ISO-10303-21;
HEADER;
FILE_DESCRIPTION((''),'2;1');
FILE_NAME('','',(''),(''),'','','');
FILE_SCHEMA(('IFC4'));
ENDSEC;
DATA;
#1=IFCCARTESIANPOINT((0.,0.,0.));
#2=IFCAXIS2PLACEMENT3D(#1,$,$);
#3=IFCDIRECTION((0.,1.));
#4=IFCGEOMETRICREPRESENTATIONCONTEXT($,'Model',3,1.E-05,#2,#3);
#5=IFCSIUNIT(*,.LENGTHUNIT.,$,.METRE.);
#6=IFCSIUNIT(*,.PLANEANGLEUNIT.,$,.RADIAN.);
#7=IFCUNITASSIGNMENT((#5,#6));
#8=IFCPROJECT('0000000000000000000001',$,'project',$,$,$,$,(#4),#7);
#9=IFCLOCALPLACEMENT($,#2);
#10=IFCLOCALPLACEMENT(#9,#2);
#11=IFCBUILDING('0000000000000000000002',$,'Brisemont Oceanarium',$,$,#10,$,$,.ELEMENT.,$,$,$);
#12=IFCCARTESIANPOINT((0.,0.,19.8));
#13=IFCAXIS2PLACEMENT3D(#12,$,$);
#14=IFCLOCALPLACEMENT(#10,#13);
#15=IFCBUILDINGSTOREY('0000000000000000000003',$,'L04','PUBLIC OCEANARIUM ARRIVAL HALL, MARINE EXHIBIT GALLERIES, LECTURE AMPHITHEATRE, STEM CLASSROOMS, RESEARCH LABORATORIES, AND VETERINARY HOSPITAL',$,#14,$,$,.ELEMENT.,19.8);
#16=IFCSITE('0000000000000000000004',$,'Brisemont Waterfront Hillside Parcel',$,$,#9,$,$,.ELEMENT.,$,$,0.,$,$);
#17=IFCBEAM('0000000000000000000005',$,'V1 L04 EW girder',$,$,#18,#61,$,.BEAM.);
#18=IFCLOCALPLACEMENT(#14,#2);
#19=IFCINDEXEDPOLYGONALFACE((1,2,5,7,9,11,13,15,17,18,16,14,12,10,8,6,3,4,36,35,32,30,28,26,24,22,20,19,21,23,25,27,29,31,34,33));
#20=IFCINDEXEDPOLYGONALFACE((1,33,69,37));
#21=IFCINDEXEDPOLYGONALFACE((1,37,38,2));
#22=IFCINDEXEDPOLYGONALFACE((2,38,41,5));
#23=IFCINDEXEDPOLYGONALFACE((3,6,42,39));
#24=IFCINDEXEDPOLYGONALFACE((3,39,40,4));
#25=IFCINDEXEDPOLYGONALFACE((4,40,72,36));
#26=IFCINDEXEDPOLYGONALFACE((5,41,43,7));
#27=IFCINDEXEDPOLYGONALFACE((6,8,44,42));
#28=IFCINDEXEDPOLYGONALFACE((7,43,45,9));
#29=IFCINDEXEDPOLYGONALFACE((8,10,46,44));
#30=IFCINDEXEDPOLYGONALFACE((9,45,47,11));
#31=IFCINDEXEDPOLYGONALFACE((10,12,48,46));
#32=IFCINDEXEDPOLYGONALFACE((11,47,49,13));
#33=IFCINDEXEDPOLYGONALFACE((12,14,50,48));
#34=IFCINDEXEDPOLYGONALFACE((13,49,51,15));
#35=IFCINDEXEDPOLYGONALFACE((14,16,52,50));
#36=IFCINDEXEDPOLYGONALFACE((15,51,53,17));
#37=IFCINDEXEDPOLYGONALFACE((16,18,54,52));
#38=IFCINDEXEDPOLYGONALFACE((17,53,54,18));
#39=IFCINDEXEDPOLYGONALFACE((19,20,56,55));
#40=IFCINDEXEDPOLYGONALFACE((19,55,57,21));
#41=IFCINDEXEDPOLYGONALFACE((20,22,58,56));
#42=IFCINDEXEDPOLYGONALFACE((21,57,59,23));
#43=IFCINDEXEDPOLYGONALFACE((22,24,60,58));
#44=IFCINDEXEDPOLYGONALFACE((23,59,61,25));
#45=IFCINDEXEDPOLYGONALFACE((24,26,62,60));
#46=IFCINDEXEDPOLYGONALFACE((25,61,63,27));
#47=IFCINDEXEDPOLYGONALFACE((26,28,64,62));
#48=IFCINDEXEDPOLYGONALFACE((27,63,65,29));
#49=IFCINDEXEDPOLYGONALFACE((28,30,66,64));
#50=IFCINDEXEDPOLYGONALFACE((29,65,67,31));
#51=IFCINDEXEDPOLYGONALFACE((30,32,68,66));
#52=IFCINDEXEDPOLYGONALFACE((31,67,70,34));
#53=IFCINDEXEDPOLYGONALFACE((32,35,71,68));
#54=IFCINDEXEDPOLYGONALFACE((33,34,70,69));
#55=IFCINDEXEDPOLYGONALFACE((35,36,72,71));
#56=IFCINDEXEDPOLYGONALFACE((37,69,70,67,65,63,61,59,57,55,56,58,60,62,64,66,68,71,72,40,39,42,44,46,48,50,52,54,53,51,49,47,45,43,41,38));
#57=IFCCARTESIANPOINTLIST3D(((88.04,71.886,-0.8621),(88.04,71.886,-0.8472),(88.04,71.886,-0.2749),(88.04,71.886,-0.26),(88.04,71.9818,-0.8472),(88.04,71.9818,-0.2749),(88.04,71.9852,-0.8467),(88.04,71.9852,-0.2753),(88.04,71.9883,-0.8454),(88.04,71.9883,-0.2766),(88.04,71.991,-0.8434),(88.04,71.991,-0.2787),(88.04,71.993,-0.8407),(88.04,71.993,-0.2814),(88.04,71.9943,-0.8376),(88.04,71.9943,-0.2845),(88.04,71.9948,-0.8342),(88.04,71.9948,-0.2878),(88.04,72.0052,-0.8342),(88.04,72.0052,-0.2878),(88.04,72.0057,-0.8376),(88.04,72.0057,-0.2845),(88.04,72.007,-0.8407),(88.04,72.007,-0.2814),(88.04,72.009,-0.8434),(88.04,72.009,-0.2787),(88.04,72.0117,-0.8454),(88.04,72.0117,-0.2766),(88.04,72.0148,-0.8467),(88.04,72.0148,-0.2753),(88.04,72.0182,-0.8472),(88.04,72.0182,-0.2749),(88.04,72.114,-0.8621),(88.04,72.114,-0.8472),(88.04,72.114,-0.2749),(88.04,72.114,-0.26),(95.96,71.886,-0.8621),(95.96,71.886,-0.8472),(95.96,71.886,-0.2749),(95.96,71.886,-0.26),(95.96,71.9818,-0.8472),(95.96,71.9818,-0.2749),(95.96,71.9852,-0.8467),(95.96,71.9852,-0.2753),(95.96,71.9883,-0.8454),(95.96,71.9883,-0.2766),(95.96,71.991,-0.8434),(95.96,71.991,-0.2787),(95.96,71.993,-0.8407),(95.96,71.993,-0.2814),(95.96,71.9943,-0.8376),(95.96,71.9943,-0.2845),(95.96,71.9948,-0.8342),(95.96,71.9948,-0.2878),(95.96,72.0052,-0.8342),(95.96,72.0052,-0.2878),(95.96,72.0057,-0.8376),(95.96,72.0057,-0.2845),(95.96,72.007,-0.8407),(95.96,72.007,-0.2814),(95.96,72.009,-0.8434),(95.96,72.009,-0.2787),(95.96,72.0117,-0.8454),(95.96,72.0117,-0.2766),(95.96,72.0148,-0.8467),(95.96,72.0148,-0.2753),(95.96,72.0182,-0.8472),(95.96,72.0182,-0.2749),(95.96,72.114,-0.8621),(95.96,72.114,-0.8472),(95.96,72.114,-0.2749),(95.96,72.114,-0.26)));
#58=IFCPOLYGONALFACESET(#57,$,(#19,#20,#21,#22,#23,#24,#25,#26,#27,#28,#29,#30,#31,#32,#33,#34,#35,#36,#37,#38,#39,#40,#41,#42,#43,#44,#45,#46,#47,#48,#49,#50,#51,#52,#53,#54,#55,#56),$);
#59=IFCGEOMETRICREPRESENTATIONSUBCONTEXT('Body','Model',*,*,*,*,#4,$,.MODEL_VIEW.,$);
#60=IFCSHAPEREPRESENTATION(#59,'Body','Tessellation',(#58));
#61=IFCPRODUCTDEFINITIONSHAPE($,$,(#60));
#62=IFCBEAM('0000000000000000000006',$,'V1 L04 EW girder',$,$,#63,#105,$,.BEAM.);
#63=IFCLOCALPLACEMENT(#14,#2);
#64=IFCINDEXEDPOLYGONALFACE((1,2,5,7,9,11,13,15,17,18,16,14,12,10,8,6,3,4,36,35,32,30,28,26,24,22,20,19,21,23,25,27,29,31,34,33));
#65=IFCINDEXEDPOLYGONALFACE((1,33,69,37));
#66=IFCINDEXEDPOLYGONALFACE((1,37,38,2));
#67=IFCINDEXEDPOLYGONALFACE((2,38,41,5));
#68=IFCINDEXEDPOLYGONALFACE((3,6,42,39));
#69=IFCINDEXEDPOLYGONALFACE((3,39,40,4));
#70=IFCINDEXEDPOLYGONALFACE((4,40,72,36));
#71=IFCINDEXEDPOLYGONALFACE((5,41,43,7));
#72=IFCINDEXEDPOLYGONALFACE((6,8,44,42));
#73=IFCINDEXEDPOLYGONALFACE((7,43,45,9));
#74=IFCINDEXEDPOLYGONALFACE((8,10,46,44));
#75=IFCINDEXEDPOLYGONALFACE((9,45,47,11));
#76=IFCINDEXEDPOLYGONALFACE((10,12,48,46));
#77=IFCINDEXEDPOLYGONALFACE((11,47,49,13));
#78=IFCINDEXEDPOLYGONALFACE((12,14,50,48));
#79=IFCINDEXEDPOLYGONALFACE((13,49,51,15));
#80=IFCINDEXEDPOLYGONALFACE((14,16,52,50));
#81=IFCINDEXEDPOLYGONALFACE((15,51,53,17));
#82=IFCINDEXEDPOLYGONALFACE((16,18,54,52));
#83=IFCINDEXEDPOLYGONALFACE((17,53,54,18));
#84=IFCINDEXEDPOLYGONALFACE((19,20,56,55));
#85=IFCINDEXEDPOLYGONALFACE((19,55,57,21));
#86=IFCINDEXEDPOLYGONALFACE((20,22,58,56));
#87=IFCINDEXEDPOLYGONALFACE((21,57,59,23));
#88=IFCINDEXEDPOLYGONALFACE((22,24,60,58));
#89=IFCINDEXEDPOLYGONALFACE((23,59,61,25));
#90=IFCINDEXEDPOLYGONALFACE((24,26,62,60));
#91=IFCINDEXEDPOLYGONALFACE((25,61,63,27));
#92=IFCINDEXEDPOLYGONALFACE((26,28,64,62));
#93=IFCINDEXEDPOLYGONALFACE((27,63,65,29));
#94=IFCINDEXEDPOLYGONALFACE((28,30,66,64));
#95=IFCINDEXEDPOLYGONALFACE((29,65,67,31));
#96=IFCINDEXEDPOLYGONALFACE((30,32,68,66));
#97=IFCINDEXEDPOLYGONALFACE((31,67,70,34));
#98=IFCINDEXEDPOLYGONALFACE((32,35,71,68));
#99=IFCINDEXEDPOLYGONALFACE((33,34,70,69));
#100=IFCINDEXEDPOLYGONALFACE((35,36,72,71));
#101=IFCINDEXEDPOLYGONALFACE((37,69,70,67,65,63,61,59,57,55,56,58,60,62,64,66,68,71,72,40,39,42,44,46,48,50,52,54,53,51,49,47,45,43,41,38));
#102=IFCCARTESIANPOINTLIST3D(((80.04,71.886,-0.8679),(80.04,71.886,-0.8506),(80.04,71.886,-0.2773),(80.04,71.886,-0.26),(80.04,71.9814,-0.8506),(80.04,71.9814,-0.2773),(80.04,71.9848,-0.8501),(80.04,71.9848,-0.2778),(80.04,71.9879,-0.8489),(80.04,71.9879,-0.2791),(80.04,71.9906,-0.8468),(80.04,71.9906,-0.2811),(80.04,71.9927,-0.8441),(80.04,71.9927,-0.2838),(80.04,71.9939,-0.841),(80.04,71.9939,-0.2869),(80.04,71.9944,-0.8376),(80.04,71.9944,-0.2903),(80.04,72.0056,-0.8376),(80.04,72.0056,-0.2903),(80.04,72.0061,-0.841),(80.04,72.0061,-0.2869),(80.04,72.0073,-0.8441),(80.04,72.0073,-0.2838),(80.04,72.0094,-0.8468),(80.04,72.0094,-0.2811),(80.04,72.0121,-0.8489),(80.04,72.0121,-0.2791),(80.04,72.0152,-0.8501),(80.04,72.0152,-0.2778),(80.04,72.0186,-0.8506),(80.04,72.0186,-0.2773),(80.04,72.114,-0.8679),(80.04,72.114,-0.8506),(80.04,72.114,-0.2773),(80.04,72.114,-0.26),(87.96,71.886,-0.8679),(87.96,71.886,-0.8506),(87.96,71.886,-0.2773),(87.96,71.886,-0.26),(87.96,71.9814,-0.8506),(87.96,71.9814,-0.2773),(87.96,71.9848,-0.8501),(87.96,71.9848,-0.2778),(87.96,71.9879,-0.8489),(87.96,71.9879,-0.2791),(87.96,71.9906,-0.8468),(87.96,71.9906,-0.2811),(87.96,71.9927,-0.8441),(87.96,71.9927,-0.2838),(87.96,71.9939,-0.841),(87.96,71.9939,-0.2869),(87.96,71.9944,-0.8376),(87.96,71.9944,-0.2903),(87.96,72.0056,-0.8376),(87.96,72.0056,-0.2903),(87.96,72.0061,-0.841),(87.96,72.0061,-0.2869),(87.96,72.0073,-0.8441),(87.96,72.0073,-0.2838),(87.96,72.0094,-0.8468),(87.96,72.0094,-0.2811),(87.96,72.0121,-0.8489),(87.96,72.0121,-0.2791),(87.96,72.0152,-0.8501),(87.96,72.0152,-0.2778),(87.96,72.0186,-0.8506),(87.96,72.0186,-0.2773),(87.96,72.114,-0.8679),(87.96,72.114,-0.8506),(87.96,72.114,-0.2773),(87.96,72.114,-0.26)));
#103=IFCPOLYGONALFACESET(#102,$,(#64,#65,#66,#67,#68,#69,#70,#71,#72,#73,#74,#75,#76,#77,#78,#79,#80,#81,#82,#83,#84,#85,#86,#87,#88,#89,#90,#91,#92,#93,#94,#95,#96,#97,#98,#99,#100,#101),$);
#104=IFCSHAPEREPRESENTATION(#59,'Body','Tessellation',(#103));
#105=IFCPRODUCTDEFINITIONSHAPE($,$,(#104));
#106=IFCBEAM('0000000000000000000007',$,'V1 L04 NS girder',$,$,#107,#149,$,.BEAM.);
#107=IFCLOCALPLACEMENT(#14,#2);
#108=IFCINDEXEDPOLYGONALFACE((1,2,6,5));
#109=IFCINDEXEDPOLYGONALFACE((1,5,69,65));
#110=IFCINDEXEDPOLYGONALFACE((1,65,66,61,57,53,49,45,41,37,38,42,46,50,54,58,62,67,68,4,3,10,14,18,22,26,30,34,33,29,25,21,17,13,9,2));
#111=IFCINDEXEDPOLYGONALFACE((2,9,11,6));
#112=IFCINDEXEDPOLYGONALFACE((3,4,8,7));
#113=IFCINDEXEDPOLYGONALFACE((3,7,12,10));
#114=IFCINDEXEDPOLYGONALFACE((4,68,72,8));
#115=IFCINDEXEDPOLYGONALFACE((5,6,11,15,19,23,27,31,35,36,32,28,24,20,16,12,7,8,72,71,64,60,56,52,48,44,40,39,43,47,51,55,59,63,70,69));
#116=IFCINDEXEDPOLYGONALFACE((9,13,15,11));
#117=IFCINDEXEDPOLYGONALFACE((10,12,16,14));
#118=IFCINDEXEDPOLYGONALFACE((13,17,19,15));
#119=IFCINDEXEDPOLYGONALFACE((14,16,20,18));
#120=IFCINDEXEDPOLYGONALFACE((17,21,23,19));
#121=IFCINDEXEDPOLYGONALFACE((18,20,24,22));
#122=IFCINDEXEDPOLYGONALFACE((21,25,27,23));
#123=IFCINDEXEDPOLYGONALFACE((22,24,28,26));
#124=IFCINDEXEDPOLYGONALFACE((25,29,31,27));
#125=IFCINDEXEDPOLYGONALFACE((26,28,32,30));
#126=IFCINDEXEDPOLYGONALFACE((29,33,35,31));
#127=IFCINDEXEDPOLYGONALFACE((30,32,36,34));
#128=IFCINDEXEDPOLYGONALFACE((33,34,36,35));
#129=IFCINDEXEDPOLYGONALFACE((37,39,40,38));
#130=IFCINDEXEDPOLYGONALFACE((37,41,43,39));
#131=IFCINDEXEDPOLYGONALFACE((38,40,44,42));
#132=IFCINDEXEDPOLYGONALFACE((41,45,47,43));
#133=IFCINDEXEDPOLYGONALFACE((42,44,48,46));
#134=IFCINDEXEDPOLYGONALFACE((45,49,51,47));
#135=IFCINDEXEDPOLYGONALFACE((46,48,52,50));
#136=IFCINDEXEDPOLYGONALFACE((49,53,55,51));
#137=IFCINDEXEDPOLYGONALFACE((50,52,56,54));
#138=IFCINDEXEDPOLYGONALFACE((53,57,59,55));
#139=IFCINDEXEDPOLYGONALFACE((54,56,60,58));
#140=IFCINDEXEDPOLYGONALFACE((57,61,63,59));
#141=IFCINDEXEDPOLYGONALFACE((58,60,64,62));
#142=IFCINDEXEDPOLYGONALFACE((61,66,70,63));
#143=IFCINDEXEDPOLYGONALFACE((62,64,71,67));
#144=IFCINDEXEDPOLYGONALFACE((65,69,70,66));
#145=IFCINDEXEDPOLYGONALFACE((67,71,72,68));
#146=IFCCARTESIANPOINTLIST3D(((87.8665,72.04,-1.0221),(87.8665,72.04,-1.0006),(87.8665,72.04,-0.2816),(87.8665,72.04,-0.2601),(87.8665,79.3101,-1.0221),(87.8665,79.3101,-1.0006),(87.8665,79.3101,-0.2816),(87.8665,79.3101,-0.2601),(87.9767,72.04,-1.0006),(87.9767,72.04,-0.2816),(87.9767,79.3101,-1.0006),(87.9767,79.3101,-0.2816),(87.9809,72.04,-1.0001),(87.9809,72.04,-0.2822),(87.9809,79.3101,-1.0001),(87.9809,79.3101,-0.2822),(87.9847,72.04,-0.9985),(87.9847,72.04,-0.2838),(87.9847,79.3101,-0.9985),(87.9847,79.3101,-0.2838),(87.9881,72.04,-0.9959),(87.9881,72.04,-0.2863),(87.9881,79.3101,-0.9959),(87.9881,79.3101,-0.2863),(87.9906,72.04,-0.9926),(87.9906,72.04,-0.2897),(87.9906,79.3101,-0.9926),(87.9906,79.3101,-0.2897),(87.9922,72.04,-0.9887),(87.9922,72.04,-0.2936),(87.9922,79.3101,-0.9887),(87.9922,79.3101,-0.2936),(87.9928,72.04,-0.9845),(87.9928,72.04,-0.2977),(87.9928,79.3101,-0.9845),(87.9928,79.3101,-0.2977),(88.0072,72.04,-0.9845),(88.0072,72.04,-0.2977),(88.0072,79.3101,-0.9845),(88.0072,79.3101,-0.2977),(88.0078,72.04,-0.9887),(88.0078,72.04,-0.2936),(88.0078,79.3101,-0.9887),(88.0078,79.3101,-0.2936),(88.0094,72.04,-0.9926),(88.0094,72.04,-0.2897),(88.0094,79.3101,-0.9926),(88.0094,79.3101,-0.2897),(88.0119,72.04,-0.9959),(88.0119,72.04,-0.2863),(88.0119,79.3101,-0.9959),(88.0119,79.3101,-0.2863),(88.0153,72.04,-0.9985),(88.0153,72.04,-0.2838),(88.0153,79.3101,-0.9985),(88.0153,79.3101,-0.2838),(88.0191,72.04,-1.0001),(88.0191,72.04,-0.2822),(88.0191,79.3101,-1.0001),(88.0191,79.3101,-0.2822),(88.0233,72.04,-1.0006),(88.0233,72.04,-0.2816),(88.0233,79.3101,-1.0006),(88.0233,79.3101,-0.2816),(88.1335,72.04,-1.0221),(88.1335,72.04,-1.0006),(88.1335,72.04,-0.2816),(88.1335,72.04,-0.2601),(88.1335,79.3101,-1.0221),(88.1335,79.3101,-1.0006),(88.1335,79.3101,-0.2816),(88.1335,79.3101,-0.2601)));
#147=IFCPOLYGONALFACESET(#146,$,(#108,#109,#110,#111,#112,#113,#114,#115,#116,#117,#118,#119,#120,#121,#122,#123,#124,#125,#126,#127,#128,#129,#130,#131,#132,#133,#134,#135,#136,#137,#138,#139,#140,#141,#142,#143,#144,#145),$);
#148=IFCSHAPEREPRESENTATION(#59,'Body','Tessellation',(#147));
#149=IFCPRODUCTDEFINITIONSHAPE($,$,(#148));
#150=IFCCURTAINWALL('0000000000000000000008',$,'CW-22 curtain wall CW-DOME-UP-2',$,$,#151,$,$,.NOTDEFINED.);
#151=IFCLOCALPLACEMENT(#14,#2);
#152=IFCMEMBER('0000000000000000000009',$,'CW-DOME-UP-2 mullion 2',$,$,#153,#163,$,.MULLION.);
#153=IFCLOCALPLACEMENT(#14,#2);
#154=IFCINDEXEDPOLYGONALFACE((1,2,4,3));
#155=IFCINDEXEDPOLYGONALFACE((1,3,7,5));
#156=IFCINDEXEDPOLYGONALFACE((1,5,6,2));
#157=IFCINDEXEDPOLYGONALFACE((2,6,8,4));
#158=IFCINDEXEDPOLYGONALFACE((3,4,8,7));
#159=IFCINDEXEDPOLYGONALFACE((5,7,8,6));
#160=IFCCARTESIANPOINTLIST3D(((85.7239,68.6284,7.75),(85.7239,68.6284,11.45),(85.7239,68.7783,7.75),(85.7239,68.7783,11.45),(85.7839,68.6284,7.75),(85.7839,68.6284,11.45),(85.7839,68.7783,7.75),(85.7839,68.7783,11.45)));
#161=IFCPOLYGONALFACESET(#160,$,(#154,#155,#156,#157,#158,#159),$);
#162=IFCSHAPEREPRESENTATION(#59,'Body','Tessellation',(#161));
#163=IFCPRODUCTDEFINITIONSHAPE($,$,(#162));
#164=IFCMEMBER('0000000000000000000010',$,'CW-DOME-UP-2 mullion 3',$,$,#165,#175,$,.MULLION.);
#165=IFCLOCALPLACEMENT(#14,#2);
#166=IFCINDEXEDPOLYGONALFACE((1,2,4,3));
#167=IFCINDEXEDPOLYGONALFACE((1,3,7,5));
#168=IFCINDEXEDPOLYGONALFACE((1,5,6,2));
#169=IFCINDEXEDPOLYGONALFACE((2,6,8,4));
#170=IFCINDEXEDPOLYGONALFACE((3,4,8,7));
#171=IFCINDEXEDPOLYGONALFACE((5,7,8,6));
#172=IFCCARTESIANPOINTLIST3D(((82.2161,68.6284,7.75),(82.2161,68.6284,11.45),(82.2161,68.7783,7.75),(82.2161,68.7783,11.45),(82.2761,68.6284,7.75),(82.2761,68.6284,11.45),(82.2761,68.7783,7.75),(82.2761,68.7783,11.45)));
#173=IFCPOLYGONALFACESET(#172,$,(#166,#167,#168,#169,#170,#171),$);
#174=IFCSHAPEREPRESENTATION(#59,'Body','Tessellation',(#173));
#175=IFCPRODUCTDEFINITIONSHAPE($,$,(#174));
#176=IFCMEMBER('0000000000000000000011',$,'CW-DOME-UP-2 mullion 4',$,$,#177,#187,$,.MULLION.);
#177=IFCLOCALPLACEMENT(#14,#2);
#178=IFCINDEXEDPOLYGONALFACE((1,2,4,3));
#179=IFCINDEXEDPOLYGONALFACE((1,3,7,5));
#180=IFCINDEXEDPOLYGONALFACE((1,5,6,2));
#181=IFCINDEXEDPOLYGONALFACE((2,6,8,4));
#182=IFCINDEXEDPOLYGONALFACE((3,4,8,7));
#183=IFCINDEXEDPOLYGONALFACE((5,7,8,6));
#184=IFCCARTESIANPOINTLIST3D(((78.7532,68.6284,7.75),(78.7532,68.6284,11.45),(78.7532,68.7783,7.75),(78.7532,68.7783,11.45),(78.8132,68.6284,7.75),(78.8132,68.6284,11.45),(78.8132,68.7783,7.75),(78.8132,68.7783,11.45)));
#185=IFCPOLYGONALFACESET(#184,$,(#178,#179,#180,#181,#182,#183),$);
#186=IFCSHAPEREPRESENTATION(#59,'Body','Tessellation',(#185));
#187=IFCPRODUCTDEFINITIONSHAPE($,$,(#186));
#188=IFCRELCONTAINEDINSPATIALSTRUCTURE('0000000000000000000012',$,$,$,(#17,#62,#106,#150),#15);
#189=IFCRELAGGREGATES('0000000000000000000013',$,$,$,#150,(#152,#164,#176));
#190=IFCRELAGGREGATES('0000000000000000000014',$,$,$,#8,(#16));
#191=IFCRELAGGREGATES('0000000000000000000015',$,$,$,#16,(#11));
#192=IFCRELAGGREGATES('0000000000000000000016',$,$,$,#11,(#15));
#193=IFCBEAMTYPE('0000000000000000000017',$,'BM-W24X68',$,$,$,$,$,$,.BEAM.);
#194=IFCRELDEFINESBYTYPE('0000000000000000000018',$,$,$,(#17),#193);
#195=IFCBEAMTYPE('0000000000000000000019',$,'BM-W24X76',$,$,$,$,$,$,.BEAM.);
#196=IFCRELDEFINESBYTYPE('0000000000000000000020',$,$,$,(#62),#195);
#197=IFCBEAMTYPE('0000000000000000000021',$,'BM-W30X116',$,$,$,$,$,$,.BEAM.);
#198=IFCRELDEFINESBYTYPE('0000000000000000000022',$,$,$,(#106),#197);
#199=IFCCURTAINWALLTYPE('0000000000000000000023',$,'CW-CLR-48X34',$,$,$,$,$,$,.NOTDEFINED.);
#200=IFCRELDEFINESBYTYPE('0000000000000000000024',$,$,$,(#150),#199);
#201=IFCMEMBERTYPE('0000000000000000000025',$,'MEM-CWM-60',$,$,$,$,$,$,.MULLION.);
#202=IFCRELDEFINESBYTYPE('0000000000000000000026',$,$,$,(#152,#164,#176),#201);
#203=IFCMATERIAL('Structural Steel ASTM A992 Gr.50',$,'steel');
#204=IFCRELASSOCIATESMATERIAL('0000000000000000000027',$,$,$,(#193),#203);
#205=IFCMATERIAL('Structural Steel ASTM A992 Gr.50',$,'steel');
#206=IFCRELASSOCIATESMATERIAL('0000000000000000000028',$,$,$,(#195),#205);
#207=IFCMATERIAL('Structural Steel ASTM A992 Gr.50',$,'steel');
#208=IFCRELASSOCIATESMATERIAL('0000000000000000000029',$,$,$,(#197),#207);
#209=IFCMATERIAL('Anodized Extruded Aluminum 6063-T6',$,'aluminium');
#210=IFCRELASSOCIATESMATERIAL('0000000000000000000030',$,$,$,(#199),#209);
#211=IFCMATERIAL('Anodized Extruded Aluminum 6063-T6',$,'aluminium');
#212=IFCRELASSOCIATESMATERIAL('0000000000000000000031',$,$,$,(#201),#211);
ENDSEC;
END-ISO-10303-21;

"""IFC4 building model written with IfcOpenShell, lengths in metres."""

from ifc_helpers import new_model, si_unit, direction, frame, origin, origin_2d, place, context, subcontext, project, spatial, rectangle, i_section, extrude, material, material_profile, profile_set, type_object, element, aggregate, save


model = new_model("IFC4")

# Units and contexts
model_context = context("Model", 3, precision=1e-05, world=origin(), true_north=direction((0.0, 1.0)))
body_context = subcontext(model_context, "Body", "Model", "MODEL_VIEW")
ifc_project = project(units=[si_unit("LENGTHUNIT", "METRE"), si_unit("PLANEANGLEUNIT", "RADIAN")], contexts=[model_context])

# Site, building, storey
site_placement = place(None, origin())
site = spatial("IfcSite", under=ifc_project, at=site_placement, Name="Brisemont Waterfront Hillside Parcel", CompositionType="ELEMENT", RefElevation=0.0)
building_placement = place(site_placement, origin())
building = spatial("IfcBuilding", under=site, at=building_placement, Name="Brisemont Oceanarium", CompositionType="ELEMENT")
storey_placement = place(building_placement, frame((0.0, 0.0, 19.8)))
storey = spatial("IfcBuildingStorey", under=building, at=storey_placement, Name="L04", Description="PUBLIC OCEANARIUM ARRIVAL HALL, MARINE EXHIBIT GALLERIES, LECTURE AMPHITHEATRE, STEM CLASSROOMS, RESEARCH LABORATORIES, AND VETERINARY HOSPITAL", CompositionType="ELEMENT", Elevation=19.8)

# Beams
ifc_material_1 = material(Name="Structural Steel ASTM A992 Gr.50", Category="steel")
ifc_material_profile_1 = material_profile(ifc_material_1, i_section(OverallWidth=0.228, OverallDepth=0.6021, WebThickness=0.0105, FlangeThickness=0.0149, FilletRadius=0.0129, at=origin_2d()), Name="W24X68")
ifc_profile_set_1 = profile_set([ifc_material_profile_1], Name="Structural Steel ASTM A992 Gr.50")
beam_type_1 = type_object("IfcBeamType", Name="BM-W24X68", PredefinedType="BEAM", material=ifc_profile_set_1)
beam_1_placement = place(storey_placement, frame((88.04, 72.0, -0.561), z_axis=(1.0, 0.0, 0.0), x_axis=(0.0, 1.0, 0.0)))
element("IfcBeam", 1, at=beam_1_placement, inside=storey, type_object=beam_type_1, Name="V1 L04 EW girder", PredefinedType="BEAM", context=body_context, shape_type="SweptSolid", body=[
    extrude(i_section(OverallWidth=0.228, OverallDepth=0.6021, WebThickness=0.0105, FlangeThickness=0.0149, FilletRadius=0.0129, at=origin_2d()), origin(), (0.0, 0.0, 1.0), 7.9199),
])
ifc_material_2 = material(Name="Structural Steel ASTM A992 Gr.50", Category="steel")
ifc_material_profile_2 = material_profile(ifc_material_2, i_section(OverallWidth=0.228, OverallDepth=0.6079, WebThickness=0.0112, FlangeThickness=0.0173, FilletRadius=0.0129, at=origin_2d()), Name="W24X76")
ifc_profile_set_2 = profile_set([ifc_material_profile_2], Name="Structural Steel ASTM A992 Gr.50")
beam_type_2 = type_object("IfcBeamType", Name="BM-W24X76", PredefinedType="BEAM", material=ifc_profile_set_2)
beam_2_placement = place(storey_placement, frame((80.04, 72.0, -0.564), z_axis=(1.0, 0.0, 0.0), x_axis=(0.0, 1.0, 0.0)))
element("IfcBeam", 2, at=beam_2_placement, inside=storey, type_object=beam_type_2, Name="V1 L04 EW girder", PredefinedType="BEAM", context=body_context, shape_type="SweptSolid", body=[
    extrude(i_section(OverallWidth=0.228, OverallDepth=0.6079, WebThickness=0.0112, FlangeThickness=0.0173, FilletRadius=0.0129, at=origin_2d()), origin(), (0.0, 0.0, 1.0), 7.9199),
])
ifc_material_3 = material(Name="Structural Steel ASTM A992 Gr.50", Category="steel")
ifc_material_profile_3 = material_profile(ifc_material_3, i_section(OverallWidth=0.2671, OverallDepth=0.762, WebThickness=0.0144, FlangeThickness=0.0215, FilletRadius=0.0161, at=origin_2d()), Name="W30X116")
ifc_profile_set_3 = profile_set([ifc_material_profile_3], Name="Structural Steel ASTM A992 Gr.50")
beam_type_3 = type_object("IfcBeamType", Name="BM-W30X116", PredefinedType="BEAM", material=ifc_profile_set_3)
beam_3_placement = place(storey_placement, frame((88.0, 72.04, -0.6411), z_axis=(0.0, 1.0, 0.0), x_axis=(-1.0, 0.0, 0.0)))
element("IfcBeam", 3, at=beam_3_placement, inside=storey, type_object=beam_type_3, Name="V1 L04 NS girder", PredefinedType="BEAM", context=body_context, shape_type="SweptSolid", body=[
    extrude(i_section(OverallWidth=0.2671, OverallDepth=0.762, WebThickness=0.0144, FlangeThickness=0.0215, FilletRadius=0.0161, at=origin_2d()), origin(), (0.0, 0.0, 1.0), 7.27),
])

# Curtain wall, members
ifc_material_4 = material(Name="Anodized Extruded Aluminum 6063-T6", Category="aluminium")
curtain_wall_type = type_object("IfcCurtainWallType", Name="CW-CLR-48X34", PredefinedType="NOTDEFINED", material=ifc_material_4)
curtain_wall_1_placement = place(storey_placement, origin())
curtain_wall_1 = element("IfcCurtainWall", 4, at=curtain_wall_1_placement, inside=storey, type_object=curtain_wall_type, Name="CW-22 curtain wall CW-DOME-UP-2", PredefinedType="NOTDEFINED")
ifc_material_5 = material(Name="Anodized Extruded Aluminum 6063-T6", Category="aluminium")
ifc_material_profile_4 = material_profile(ifc_material_5, rectangle(XDim=0.0601, YDim=0.1499, at=origin_2d()), Name="CWM-60X150")
ifc_profile_set_4 = profile_set([ifc_material_profile_4], Name="Anodized Extruded Aluminum 6063-T6")
member_type_1 = type_object("IfcMemberType", Name="MEM-CWM-60", PredefinedType="MULLION", material=ifc_profile_set_4)
member_1_placement = place(storey_placement, frame((85.7539, 68.7034, 7.75), z_axis=(0.0, 0.0, 1.0), x_axis=(-1.0, 0.0, 0.0)))
member_1 = element("IfcMember", 5, at=member_1_placement, type_object=member_type_1, Name="CW-DOME-UP-2 mullion 2", PredefinedType="MULLION", context=body_context, shape_type="SweptSolid", body=[
    extrude(rectangle(XDim=0.0601, YDim=0.1499, at=origin_2d()), origin(), (0.0, 0.0, 1.0), 3.7),
])
member_2_placement = place(storey_placement, frame((82.2461, 68.7034, 7.75), z_axis=(0.0, 0.0, 1.0), x_axis=(-1.0, 0.0, 0.0)))
member_2 = element("IfcMember", 6, at=member_2_placement, type_object=member_type_1, Name="CW-DOME-UP-2 mullion 3", PredefinedType="MULLION", context=body_context, shape_type="SweptSolid", body=[
    extrude(rectangle(XDim=0.0601, YDim=0.1499, at=origin_2d()), origin(), (0.0, 0.0, 1.0), 3.7),
])
member_3_placement = place(storey_placement, frame((78.7832, 68.7034, 7.75), z_axis=(0.0, 0.0, 1.0), x_axis=(-1.0, 0.0, 0.0)))
member_3 = element("IfcMember", 7, at=member_3_placement, type_object=member_type_1, Name="CW-DOME-UP-2 mullion 4", PredefinedType="MULLION", context=body_context, shape_type="SweptSolid", body=[
    extrude(rectangle(XDim=0.0601, YDim=0.1499, at=origin_2d()), origin(), (0.0, 0.0, 1.0), 3.7),
])

aggregate(curtain_wall_1, [member_1, member_2, member_3])

save(model, "model.ifc")
